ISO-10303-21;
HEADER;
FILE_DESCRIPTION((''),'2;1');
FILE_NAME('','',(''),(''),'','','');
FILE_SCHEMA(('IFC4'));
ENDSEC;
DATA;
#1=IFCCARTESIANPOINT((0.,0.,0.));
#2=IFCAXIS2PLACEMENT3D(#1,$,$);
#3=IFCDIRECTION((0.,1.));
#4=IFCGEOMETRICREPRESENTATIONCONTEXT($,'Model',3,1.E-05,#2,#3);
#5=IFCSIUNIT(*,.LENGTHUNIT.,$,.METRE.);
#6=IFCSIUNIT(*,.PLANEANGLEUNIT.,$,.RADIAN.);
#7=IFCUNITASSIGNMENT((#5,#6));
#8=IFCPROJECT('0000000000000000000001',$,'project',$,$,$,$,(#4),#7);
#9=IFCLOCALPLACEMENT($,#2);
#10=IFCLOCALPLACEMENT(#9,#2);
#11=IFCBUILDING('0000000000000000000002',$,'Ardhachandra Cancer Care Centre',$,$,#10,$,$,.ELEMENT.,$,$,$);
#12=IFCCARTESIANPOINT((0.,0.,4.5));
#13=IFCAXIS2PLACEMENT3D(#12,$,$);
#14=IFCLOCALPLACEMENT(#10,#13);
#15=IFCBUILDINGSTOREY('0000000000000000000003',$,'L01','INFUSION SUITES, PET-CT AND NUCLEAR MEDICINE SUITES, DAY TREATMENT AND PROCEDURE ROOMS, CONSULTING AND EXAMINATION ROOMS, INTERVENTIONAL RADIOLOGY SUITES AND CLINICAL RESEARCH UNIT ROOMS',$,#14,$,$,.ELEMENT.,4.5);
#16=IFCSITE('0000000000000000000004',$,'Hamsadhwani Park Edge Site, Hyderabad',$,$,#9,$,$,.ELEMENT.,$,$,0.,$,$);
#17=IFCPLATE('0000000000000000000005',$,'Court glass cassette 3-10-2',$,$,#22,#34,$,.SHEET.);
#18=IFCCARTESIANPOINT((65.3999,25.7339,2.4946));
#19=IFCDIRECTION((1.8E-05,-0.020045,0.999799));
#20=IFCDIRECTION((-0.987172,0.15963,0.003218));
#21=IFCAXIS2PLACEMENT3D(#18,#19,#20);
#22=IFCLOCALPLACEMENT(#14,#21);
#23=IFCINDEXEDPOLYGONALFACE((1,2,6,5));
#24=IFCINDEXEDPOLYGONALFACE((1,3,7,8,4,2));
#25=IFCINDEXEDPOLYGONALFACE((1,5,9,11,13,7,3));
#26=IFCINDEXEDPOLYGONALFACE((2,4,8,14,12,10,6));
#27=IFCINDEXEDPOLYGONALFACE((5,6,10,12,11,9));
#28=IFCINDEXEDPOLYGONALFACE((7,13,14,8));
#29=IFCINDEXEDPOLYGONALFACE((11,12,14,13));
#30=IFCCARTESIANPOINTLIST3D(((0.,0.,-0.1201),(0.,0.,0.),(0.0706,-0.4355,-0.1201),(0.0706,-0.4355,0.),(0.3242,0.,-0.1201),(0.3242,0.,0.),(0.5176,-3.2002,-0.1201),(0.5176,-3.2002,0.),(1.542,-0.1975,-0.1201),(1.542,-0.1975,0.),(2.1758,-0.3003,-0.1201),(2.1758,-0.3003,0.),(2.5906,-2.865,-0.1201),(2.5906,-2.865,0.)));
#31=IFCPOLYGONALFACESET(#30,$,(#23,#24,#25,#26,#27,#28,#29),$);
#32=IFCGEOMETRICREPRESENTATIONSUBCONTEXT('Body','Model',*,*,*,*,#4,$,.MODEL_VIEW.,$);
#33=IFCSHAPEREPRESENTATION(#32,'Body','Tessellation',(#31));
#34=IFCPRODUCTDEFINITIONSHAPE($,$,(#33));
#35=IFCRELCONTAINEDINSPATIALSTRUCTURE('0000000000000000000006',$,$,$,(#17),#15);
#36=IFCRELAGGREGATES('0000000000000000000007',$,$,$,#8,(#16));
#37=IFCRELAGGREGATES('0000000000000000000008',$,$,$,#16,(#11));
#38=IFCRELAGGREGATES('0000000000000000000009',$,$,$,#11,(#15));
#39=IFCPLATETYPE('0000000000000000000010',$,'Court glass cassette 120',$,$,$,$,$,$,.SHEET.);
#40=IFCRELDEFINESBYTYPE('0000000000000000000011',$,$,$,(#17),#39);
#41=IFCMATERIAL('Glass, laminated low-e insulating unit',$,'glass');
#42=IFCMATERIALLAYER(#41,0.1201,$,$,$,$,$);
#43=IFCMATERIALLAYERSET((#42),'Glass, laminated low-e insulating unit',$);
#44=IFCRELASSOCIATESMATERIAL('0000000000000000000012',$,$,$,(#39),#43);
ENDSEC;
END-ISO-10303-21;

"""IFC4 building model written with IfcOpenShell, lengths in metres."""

from ifc_helpers import new_model, si_unit, direction, frame, origin, place, context, subcontext, project, spatial, polyline, outline, extrude, material, layer, layer_set, type_object, element, save


model = new_model("IFC4")

# Units and contexts
model_context = context("Model", 3, precision=1e-05, world=origin(), true_north=direction((0.0, 1.0)))
body_context = subcontext(model_context, "Body", "Model", "MODEL_VIEW")
ifc_project = project(units=[si_unit("LENGTHUNIT", "METRE"), si_unit("PLANEANGLEUNIT", "RADIAN")], contexts=[model_context])

# Site, building, storey
site_placement = place(None, origin())
site = spatial("IfcSite", under=ifc_project, at=site_placement, Name="Hamsadhwani Park Edge Site, Hyderabad", CompositionType="ELEMENT", RefElevation=0.0)
building_placement = place(site_placement, origin())
building = spatial("IfcBuilding", under=site, at=building_placement, Name="Ardhachandra Cancer Care Centre", CompositionType="ELEMENT")
storey_placement = place(building_placement, frame((0.0, 0.0, 4.5)))
storey = spatial("IfcBuildingStorey", under=building, at=storey_placement, Name="L01", Description="INFUSION SUITES, PET-CT AND NUCLEAR MEDICINE SUITES, DAY TREATMENT AND PROCEDURE ROOMS, CONSULTING AND EXAMINATION ROOMS, INTERVENTIONAL RADIOLOGY SUITES AND CLINICAL RESEARCH UNIT ROOMS", CompositionType="ELEMENT", Elevation=4.5)

# Plate
ifc_material_1 = material(Name="Glass, laminated low-e insulating unit", Category="glass")
ifc_layer_1 = layer(ifc_material_1, 0.1201)
ifc_layer_set_1 = layer_set([ifc_layer_1], Name="Glass, laminated low-e insulating unit")
plate_type_1 = type_object("IfcPlateType", Name="Court glass cassette 120", PredefinedType="SHEET", material=ifc_layer_set_1)
plate_1_placement = place(storey_placement, frame((65.3999, 25.7339, 2.4946), z_axis=(0.000018, -0.020045, 0.999799), x_axis=(-0.987172, 0.15963, 0.003218)))
element("IfcPlate", 1, at=plate_1_placement, inside=storey, type_object=plate_type_1, Name="Court glass cassette 3-10-2", PredefinedType="SHEET", context=body_context, shape_type="SweptSolid", body=[
    extrude(outline(polyline([(0.0706, -0.4355), (0.5176, -3.2002), (2.5906, -2.865), (2.1758, -0.3003), (1.542, -0.1975), (0.3242, 0.0), (0.0, 0.0), (0.0706, -0.4355)])), frame((0.0, 0.0, -0.1201)), (0.0, 0.0, 1.0), 0.1201),
])

save(model, "model.ifc")
